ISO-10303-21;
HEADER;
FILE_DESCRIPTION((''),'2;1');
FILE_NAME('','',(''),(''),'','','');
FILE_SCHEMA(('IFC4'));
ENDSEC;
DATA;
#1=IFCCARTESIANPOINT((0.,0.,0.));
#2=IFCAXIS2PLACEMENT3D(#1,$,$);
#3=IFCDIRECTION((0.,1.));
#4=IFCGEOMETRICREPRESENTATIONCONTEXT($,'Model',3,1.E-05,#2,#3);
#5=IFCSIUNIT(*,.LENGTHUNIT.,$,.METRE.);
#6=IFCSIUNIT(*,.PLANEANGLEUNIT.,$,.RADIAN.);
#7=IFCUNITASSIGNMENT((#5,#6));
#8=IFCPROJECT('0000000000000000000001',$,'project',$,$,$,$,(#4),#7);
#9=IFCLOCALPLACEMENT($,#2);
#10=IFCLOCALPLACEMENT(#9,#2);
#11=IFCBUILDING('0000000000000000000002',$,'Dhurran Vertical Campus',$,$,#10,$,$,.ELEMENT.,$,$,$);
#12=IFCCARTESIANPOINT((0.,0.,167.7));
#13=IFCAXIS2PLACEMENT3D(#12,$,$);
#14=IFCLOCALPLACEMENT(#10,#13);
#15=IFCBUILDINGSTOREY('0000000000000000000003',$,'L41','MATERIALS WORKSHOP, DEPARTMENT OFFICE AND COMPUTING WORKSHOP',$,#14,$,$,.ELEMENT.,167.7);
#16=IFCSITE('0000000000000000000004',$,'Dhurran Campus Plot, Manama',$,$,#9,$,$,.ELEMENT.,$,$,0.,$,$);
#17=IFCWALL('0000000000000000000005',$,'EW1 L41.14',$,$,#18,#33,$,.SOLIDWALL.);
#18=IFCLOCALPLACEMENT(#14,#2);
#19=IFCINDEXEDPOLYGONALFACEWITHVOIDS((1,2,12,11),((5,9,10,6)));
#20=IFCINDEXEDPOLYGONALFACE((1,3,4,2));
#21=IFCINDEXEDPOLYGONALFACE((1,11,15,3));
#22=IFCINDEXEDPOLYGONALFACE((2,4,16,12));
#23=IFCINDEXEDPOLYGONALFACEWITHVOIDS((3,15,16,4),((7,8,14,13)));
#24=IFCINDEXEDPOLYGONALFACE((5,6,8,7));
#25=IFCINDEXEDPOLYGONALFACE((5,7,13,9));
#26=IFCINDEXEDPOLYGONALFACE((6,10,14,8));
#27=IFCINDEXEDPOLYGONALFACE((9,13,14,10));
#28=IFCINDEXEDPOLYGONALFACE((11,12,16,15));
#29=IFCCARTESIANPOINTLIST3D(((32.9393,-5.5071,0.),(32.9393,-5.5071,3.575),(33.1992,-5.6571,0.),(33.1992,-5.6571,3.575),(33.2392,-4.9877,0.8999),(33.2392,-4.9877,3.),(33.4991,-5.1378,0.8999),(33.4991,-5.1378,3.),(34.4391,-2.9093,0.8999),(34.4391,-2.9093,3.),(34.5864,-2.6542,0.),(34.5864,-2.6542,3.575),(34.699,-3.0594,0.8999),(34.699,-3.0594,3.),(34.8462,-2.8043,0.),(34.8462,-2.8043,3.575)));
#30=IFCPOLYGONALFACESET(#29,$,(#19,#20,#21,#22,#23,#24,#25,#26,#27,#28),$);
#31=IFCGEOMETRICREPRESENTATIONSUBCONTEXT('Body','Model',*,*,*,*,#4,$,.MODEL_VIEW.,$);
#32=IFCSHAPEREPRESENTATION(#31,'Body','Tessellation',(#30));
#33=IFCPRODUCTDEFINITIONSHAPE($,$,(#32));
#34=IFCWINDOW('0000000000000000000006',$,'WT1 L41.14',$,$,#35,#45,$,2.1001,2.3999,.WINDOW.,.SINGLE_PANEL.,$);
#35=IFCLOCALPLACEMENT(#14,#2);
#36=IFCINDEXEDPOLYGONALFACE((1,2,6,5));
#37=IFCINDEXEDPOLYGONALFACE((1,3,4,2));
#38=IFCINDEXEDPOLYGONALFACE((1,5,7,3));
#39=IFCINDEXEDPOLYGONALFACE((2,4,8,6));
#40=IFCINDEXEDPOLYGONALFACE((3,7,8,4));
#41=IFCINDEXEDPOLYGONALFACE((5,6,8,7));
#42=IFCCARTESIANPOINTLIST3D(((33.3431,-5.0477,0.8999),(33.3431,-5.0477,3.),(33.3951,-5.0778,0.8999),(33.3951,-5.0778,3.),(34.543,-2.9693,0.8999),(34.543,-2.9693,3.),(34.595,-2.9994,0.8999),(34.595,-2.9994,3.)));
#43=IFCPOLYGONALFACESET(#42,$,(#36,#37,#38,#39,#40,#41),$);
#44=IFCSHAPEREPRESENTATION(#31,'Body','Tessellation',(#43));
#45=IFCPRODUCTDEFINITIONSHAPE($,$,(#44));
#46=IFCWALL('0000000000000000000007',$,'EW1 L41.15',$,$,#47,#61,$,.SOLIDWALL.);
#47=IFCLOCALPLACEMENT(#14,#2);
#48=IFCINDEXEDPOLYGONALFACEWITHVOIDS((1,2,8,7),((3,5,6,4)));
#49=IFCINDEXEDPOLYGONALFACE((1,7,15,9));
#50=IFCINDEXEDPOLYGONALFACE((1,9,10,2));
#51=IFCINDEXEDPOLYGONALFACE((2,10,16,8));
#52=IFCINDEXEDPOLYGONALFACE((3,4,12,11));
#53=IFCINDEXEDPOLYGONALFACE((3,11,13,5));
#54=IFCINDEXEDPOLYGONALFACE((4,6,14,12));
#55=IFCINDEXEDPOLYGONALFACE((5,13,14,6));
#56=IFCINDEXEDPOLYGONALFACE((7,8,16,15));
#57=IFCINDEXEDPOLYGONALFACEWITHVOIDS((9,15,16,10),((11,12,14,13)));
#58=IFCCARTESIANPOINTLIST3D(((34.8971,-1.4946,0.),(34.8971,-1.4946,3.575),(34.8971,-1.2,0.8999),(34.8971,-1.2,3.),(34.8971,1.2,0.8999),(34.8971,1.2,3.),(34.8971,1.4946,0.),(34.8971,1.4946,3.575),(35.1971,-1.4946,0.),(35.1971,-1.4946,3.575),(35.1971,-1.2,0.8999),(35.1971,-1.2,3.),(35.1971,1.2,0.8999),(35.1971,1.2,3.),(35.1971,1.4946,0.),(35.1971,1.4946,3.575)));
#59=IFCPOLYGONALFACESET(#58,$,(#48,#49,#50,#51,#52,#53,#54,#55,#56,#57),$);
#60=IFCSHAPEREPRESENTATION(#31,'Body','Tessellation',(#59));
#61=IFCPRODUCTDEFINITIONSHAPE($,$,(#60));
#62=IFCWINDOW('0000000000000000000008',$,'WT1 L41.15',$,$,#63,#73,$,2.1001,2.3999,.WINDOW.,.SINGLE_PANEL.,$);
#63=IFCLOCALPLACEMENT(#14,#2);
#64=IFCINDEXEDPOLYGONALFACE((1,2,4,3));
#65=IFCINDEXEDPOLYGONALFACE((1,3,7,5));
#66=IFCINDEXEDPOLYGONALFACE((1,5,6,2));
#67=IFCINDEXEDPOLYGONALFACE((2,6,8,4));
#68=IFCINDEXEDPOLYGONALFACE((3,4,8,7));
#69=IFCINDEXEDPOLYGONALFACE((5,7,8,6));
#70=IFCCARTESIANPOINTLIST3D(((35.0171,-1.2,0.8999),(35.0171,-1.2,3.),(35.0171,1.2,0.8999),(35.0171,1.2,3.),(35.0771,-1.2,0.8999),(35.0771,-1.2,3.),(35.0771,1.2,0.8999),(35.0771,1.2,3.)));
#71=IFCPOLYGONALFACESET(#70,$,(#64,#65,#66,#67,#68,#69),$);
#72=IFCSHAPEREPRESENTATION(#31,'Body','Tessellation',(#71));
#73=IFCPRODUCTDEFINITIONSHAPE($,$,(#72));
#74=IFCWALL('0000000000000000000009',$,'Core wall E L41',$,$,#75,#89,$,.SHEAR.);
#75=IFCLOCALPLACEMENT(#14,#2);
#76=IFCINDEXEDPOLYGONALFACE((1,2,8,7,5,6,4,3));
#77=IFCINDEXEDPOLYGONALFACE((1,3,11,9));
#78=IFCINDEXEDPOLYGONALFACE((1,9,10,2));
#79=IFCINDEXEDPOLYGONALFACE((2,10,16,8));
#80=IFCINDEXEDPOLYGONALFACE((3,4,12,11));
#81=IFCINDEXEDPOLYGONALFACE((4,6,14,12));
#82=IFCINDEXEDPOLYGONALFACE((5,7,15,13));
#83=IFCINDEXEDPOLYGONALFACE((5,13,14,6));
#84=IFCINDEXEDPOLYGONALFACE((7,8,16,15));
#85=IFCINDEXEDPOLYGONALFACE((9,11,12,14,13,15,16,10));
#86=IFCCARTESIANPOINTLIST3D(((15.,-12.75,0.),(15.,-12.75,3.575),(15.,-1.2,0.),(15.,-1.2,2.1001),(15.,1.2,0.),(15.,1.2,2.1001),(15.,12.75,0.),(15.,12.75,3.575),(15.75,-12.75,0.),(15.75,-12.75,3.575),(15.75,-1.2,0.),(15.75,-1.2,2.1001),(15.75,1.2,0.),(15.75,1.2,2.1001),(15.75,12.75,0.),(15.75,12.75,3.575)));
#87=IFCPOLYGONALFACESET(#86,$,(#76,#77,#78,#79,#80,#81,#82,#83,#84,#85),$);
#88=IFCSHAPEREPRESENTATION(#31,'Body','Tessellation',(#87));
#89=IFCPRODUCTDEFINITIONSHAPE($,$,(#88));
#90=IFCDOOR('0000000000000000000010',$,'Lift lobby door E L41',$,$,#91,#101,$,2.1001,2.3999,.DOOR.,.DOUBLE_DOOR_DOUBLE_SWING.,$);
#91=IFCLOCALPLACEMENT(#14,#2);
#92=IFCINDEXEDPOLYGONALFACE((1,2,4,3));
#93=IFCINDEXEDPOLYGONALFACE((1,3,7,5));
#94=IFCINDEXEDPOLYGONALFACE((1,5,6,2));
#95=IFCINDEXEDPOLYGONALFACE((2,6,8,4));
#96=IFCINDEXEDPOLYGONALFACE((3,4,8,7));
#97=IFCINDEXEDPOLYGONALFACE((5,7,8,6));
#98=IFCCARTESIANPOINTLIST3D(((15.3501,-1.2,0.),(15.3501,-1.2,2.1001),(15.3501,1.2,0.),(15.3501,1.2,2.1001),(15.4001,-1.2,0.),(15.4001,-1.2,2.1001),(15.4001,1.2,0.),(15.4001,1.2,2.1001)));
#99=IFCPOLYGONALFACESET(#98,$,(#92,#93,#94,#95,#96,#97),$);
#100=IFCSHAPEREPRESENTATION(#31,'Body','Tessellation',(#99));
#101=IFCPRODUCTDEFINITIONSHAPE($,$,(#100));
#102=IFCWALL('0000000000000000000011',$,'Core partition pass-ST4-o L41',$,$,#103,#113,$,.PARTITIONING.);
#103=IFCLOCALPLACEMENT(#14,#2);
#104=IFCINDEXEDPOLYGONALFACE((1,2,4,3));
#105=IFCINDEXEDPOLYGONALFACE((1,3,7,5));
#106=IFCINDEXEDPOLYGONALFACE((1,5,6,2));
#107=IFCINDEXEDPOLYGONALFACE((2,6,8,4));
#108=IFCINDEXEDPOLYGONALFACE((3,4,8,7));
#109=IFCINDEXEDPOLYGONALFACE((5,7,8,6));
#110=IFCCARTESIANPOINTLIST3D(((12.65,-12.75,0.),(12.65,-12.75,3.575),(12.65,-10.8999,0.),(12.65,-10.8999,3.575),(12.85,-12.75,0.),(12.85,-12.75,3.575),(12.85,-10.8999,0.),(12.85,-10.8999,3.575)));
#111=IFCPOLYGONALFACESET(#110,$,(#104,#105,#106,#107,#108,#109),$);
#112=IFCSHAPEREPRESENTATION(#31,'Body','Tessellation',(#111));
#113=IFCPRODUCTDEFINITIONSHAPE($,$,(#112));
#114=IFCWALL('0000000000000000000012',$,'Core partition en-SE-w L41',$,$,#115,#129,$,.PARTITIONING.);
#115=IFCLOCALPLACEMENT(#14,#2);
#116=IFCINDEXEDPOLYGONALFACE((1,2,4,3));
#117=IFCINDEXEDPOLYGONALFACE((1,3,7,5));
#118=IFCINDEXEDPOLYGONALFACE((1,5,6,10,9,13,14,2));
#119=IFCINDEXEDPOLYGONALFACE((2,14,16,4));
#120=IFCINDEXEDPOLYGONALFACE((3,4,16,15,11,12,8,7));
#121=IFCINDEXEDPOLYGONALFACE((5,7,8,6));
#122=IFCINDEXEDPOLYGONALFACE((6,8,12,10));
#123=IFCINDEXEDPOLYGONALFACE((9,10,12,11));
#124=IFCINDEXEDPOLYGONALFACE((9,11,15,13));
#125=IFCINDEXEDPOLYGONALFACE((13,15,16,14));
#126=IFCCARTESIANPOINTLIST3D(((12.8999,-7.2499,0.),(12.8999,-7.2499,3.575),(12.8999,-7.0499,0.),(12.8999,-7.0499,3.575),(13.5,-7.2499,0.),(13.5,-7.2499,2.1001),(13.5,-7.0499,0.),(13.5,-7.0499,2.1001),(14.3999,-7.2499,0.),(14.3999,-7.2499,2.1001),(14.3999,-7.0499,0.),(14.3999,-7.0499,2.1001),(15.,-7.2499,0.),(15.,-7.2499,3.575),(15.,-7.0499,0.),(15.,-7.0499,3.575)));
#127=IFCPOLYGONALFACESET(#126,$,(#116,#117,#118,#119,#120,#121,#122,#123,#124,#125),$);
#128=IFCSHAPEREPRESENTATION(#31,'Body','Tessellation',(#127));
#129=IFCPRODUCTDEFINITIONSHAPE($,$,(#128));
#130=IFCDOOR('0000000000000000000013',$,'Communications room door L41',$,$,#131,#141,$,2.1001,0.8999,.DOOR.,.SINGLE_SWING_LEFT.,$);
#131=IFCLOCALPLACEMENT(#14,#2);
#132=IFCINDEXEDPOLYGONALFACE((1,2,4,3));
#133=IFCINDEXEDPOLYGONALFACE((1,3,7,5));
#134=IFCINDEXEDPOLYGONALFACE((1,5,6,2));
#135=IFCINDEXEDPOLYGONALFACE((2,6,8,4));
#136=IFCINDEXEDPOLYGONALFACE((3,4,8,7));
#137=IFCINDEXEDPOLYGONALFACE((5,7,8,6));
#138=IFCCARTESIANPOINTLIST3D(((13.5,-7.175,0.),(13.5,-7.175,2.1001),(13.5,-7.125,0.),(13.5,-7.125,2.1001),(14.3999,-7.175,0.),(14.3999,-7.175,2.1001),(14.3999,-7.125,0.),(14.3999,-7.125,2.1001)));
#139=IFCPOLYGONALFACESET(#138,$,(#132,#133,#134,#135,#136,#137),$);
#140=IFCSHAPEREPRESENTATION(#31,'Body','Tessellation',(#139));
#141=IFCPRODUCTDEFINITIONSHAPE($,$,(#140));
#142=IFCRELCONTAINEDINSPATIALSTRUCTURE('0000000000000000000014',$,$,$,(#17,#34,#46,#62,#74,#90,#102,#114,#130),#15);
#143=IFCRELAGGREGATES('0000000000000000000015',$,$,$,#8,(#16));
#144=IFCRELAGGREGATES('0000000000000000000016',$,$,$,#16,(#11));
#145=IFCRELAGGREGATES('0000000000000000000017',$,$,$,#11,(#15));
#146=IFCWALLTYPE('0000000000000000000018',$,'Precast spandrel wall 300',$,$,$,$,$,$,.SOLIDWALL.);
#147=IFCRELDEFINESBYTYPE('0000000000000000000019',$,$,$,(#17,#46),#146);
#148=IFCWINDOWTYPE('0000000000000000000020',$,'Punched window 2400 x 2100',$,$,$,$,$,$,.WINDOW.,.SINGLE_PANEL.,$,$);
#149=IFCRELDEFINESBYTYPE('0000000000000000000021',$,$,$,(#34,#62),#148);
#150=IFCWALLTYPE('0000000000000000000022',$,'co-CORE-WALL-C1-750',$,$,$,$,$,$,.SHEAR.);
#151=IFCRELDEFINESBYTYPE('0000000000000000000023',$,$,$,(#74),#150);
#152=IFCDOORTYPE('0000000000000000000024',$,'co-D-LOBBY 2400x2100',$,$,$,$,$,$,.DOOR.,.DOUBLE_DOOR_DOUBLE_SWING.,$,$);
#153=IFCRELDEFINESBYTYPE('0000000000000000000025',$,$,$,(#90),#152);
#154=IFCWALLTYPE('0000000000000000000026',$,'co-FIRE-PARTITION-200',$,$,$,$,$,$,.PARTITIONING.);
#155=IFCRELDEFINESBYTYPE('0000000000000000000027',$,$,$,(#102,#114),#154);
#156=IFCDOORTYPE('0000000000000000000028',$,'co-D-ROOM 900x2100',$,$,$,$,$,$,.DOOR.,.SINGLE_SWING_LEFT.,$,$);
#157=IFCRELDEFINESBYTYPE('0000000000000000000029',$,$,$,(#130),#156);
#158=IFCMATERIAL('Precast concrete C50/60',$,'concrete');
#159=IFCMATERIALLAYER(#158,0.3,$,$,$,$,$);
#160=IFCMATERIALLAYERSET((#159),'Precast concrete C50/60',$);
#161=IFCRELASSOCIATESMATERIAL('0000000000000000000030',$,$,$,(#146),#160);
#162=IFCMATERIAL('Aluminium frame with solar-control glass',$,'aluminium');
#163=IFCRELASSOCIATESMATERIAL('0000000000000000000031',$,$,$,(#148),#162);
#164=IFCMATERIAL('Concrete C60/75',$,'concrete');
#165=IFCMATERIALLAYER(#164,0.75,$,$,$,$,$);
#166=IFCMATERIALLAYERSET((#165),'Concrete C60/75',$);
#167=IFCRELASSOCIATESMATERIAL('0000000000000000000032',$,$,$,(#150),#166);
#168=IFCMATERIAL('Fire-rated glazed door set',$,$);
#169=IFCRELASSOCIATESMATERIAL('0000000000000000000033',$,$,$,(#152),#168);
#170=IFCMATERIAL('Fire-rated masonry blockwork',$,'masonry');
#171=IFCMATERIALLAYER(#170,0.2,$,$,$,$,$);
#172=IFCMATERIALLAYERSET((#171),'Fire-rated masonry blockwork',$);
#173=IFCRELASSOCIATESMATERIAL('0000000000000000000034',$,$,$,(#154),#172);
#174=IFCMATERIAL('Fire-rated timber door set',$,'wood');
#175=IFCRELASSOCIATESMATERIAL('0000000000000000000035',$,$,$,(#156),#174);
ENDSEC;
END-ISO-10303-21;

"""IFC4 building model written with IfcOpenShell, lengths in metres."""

from ifc_helpers import new_model, si_unit, direction, frame, frame_2d, origin, place, context, subcontext, project, spatial, rectangle, extrude, material, layer, layer_set, type_object, element, fill, save


model = new_model("IFC4")

# Units and contexts
model_context = context("Model", 3, precision=1e-05, world=origin(), true_north=direction((0.0, 1.0)))
body_context = subcontext(model_context, "Body", "Model", "MODEL_VIEW")
ifc_project = project(units=[si_unit("LENGTHUNIT", "METRE"), si_unit("PLANEANGLEUNIT", "RADIAN")], contexts=[model_context])

# Site, building, storey
site_placement = place(None, origin())
site = spatial("IfcSite", under=ifc_project, at=site_placement, Name="Dhurran Campus Plot, Manama", CompositionType="ELEMENT", RefElevation=0.0)
building_placement = place(site_placement, origin())
building = spatial("IfcBuilding", under=site, at=building_placement, Name="Dhurran Vertical Campus", CompositionType="ELEMENT")
storey_placement = place(building_placement, frame((0.0, 0.0, 167.7)))
storey = spatial("IfcBuildingStorey", under=building, at=storey_placement, Name="L41", Description="MATERIALS WORKSHOP, DEPARTMENT OFFICE AND COMPUTING WORKSHOP", CompositionType="ELEMENT", Elevation=167.7)

# Walls, openings, windows
ifc_material_1 = material(Name="Precast concrete C50/60", Category="concrete")
ifc_layer_1 = layer(ifc_material_1, 0.3)
ifc_layer_set_1 = layer_set([ifc_layer_1], Name="Precast concrete C50/60")
wall_type_1 = type_object("IfcWallType", Name="Precast spandrel wall 300", PredefinedType="SOLIDWALL", material=ifc_layer_set_1)
ifc_material_2 = material(Name="Aluminium frame with solar-control glass", Category="aluminium")
window_type = type_object("IfcWindowType", Name="Punched window 2400 x 2100", PartitioningType="SINGLE_PANEL", PredefinedType="WINDOW", material=ifc_material_2)
wall_1_placement = place(storey_placement, frame((33.0693, -5.582, 0.0), z_axis=(0.0, 0.0, 1.0), x_axis=(0.499981, 0.866036, 0.0)))
wall_1 = element("IfcWall", 1, at=wall_1_placement, inside=storey, type_object=wall_type_1, Name="EW1 L41.14", PredefinedType="SOLIDWALL", context=body_context, shape_type="SweptSolid", body=[
    extrude(rectangle(XDim=3.2942, YDim=0.3, at=frame_2d((1.647, 0.0))), origin(), (0.0, 0.0, 1.0), 3.575),
])
opening_1_placement = place(wall_1_placement, frame((0.5996, 0.0, 0.8999)))
opening_1 = element("IfcOpeningElement", 2, at=opening_1_placement, cuts=wall_1, PredefinedType="OPENING", context=body_context, shape_type="SweptSolid", body=[
    extrude(rectangle(XDim=2.3999, YDim=2.1001, at=frame_2d((1.2, 1.05))), frame((0.0, 0.1599, 0.0), z_axis=(0.0, -1.0, 0.0), x_axis=(1.0, 0.0, 0.0)), (0.0, 0.0, 1.0), 0.3201),
])
window_1_placement = place(opening_1_placement, origin())
window_1 = element("IfcWindow", 3, at=window_1_placement, inside=storey, type_object=window_type, Name="WT1 L41.14", OverallHeight=2.1001, OverallWidth=2.3999, PartitioningType="SINGLE_PANEL", PredefinedType="WINDOW", context=body_context, shape_type="SweptSolid", body=[
    extrude(rectangle(XDim=2.3999, YDim=2.1001, at=frame_2d((1.2, 1.05))), frame((0.0, 0.03, 0.0), z_axis=(0.0, -1.0, 0.0), x_axis=(1.0, 0.0, 0.0)), (0.0, 0.0, 1.0), 0.0601),
])
fill(opening_1, window_1)
wall_2_placement = place(storey_placement, frame((35.0471, -1.4946, 0.0), z_axis=(0.0, 0.0, 1.0), x_axis=(0.0, 1.0, 0.0)))
wall_2 = element("IfcWall", 4, at=wall_2_placement, inside=storey, type_object=wall_type_1, Name="EW1 L41.15", PredefinedType="SOLIDWALL", context=body_context, shape_type="SweptSolid", body=[
    extrude(rectangle(XDim=2.9893, YDim=0.3, at=frame_2d((1.4946, 0.0))), origin(), (0.0, 0.0, 1.0), 3.575),
])
opening_2_placement = place(wall_2_placement, frame((0.2947, 0.0, 0.8999)))
opening_2 = element("IfcOpeningElement", 5, at=opening_2_placement, cuts=wall_2, PredefinedType="OPENING", context=body_context, shape_type="SweptSolid", body=[
    extrude(rectangle(XDim=2.3999, YDim=2.1001, at=frame_2d((1.2, 1.05))), frame((0.0, 0.1599, 0.0), z_axis=(0.0, -1.0, 0.0), x_axis=(1.0, 0.0, 0.0)), (0.0, 0.0, 1.0), 0.3201),
])
window_2_placement = place(opening_2_placement, origin())
window_2 = element("IfcWindow", 6, at=window_2_placement, inside=storey, type_object=window_type, Name="WT1 L41.15", OverallHeight=2.1001, OverallWidth=2.3999, PartitioningType="SINGLE_PANEL", PredefinedType="WINDOW", context=body_context, shape_type="SweptSolid", body=[
    extrude(rectangle(XDim=2.3999, YDim=2.1001, at=frame_2d((1.2, 1.05))), frame((0.0, 0.03, 0.0), z_axis=(0.0, -1.0, 0.0), x_axis=(1.0, 0.0, 0.0)), (0.0, 0.0, 1.0), 0.0601),
])
fill(opening_2, window_2)

# Wall, opening, door
ifc_material_3 = material(Name="Concrete C60/75", Category="concrete")
ifc_layer_2 = layer(ifc_material_3, 0.75)
ifc_layer_set_2 = layer_set([ifc_layer_2], Name="Concrete C60/75")
wall_type_2 = type_object("IfcWallType", Name="co-CORE-WALL-C1-750", PredefinedType="SHEAR", material=ifc_layer_set_2)
wall_3_placement = place(storey_placement, frame((15.375, -12.75, 0.0), z_axis=(0.0, 0.0, 1.0), x_axis=(0.0, 1.0, 0.0)))
wall_3 = element("IfcWall", 7, at=wall_3_placement, inside=storey, type_object=wall_type_2, Name="Core wall E L41", PredefinedType="SHEAR", context=body_context, shape_type="SweptSolid", body=[
    extrude(rectangle(XDim=25.5, YDim=0.75, at=frame_2d((12.75, 0.0))), origin(), (0.0, 0.0, 1.0), 3.575),
])
opening_3_placement = place(wall_3_placement, frame((11.55, 0.0, 0.0)))
opening_3 = element("IfcOpeningElement", 8, at=opening_3_placement, cuts=wall_3, PredefinedType="OPENING", context=body_context, shape_type="SweptSolid", body=[
    extrude(rectangle(XDim=2.3999, YDim=2.1001, at=frame_2d((1.2, 1.05))), frame((0.0, 0.385, 0.0), z_axis=(0.0, -1.0, 0.0), x_axis=(1.0, 0.0, 0.0)), (0.0, 0.0, 1.0), 0.77),
])
ifc_material_4 = material(Name="Fire-rated glazed door set")
door_type_1 = type_object("IfcDoorType", Name="co-D-LOBBY 2400x2100", OperationType="DOUBLE_DOOR_DOUBLE_SWING", PredefinedType="DOOR", material=ifc_material_4)
door_1_placement = place(opening_3_placement, origin())
door_1 = element("IfcDoor", 9, at=door_1_placement, inside=storey, type_object=door_type_1, Name="Lift lobby door E L41", OperationType="DOUBLE_DOOR_DOUBLE_SWING", OverallHeight=2.1001, OverallWidth=2.3999, PredefinedType="DOOR", context=body_context, shape_type="SweptSolid", body=[
    extrude(rectangle(XDim=2.3999, YDim=2.1001, at=frame_2d((1.2, 1.05))), frame((0.0, 0.0249, 0.0), z_axis=(0.0, -1.0, 0.0), x_axis=(1.0, 0.0, 0.0)), (0.0, 0.0, 1.0), 0.05),
])
fill(opening_3, door_1)

# Wall
ifc_material_5 = material(Name="Fire-rated masonry blockwork", Category="masonry")
ifc_layer_3 = layer(ifc_material_5, 0.2)
ifc_layer_set_3 = layer_set([ifc_layer_3], Name="Fire-rated masonry blockwork")
wall_type_3 = type_object("IfcWallType", Name="co-FIRE-PARTITION-200", PredefinedType="PARTITIONING", material=ifc_layer_set_3)
wall_4_placement = place(storey_placement, frame((12.75, -12.75, 0.0), z_axis=(0.0, 0.0, 1.0), x_axis=(0.0, 1.0, 0.0)))
element("IfcWall", 10, at=wall_4_placement, inside=storey, type_object=wall_type_3, Name="Core partition pass-ST4-o L41", PredefinedType="PARTITIONING", context=body_context, shape_type="SweptSolid", body=[
    extrude(rectangle(XDim=1.8501, YDim=0.2, at=frame_2d((0.925, 0.0))), origin(), (0.0, 0.0, 1.0), 3.575),
])

# Wall, opening, door
wall_5_placement = place(storey_placement, frame((12.8999, -7.1499, 0.0), z_axis=(0.0, 0.0, 1.0), x_axis=(1.0, 0.0, 0.0)))
wall_5 = element("IfcWall", 11, at=wall_5_placement, inside=storey, type_object=wall_type_3, Name="Core partition en-SE-w L41", PredefinedType="PARTITIONING", context=body_context, shape_type="SweptSolid", body=[
    extrude(rectangle(XDim=2.1001, YDim=0.2, at=frame_2d((1.05, 0.0))), origin(), (0.0, 0.0, 1.0), 3.575),
])
opening_4_placement = place(wall_5_placement, frame((0.6001, 0.0, 0.0)))
opening_4 = element("IfcOpeningElement", 12, at=opening_4_placement, cuts=wall_5, PredefinedType="OPENING", context=body_context, shape_type="SweptSolid", body=[
    extrude(rectangle(XDim=0.8999, YDim=2.1001, at=frame_2d((0.45, 1.05))), frame((0.0, 0.1099, 0.0), z_axis=(0.0, -1.0, 0.0), x_axis=(1.0, 0.0, 0.0)), (0.0, 0.0, 1.0), 0.22),
])
ifc_material_6 = material(Name="Fire-rated timber door set", Category="wood")
door_type_2 = type_object("IfcDoorType", Name="co-D-ROOM 900x2100", OperationType="SINGLE_SWING_LEFT", PredefinedType="DOOR", material=ifc_material_6)
door_2_placement = place(opening_4_placement, origin())
door_2 = element("IfcDoor", 13, at=door_2_placement, inside=storey, type_object=door_type_2, Name="Communications room door L41", OperationType="SINGLE_SWING_LEFT", OverallHeight=2.1001, OverallWidth=0.8999, PredefinedType="DOOR", context=body_context, shape_type="SweptSolid", body=[
    extrude(rectangle(XDim=0.8999, YDim=2.1001, at=frame_2d((0.45, 1.05))), frame((0.0, 0.0249, 0.0), z_axis=(0.0, -1.0, 0.0), x_axis=(1.0, 0.0, 0.0)), (0.0, 0.0, 1.0), 0.05),
])
fill(opening_4, door_2)

save(model, "model.ifc")
